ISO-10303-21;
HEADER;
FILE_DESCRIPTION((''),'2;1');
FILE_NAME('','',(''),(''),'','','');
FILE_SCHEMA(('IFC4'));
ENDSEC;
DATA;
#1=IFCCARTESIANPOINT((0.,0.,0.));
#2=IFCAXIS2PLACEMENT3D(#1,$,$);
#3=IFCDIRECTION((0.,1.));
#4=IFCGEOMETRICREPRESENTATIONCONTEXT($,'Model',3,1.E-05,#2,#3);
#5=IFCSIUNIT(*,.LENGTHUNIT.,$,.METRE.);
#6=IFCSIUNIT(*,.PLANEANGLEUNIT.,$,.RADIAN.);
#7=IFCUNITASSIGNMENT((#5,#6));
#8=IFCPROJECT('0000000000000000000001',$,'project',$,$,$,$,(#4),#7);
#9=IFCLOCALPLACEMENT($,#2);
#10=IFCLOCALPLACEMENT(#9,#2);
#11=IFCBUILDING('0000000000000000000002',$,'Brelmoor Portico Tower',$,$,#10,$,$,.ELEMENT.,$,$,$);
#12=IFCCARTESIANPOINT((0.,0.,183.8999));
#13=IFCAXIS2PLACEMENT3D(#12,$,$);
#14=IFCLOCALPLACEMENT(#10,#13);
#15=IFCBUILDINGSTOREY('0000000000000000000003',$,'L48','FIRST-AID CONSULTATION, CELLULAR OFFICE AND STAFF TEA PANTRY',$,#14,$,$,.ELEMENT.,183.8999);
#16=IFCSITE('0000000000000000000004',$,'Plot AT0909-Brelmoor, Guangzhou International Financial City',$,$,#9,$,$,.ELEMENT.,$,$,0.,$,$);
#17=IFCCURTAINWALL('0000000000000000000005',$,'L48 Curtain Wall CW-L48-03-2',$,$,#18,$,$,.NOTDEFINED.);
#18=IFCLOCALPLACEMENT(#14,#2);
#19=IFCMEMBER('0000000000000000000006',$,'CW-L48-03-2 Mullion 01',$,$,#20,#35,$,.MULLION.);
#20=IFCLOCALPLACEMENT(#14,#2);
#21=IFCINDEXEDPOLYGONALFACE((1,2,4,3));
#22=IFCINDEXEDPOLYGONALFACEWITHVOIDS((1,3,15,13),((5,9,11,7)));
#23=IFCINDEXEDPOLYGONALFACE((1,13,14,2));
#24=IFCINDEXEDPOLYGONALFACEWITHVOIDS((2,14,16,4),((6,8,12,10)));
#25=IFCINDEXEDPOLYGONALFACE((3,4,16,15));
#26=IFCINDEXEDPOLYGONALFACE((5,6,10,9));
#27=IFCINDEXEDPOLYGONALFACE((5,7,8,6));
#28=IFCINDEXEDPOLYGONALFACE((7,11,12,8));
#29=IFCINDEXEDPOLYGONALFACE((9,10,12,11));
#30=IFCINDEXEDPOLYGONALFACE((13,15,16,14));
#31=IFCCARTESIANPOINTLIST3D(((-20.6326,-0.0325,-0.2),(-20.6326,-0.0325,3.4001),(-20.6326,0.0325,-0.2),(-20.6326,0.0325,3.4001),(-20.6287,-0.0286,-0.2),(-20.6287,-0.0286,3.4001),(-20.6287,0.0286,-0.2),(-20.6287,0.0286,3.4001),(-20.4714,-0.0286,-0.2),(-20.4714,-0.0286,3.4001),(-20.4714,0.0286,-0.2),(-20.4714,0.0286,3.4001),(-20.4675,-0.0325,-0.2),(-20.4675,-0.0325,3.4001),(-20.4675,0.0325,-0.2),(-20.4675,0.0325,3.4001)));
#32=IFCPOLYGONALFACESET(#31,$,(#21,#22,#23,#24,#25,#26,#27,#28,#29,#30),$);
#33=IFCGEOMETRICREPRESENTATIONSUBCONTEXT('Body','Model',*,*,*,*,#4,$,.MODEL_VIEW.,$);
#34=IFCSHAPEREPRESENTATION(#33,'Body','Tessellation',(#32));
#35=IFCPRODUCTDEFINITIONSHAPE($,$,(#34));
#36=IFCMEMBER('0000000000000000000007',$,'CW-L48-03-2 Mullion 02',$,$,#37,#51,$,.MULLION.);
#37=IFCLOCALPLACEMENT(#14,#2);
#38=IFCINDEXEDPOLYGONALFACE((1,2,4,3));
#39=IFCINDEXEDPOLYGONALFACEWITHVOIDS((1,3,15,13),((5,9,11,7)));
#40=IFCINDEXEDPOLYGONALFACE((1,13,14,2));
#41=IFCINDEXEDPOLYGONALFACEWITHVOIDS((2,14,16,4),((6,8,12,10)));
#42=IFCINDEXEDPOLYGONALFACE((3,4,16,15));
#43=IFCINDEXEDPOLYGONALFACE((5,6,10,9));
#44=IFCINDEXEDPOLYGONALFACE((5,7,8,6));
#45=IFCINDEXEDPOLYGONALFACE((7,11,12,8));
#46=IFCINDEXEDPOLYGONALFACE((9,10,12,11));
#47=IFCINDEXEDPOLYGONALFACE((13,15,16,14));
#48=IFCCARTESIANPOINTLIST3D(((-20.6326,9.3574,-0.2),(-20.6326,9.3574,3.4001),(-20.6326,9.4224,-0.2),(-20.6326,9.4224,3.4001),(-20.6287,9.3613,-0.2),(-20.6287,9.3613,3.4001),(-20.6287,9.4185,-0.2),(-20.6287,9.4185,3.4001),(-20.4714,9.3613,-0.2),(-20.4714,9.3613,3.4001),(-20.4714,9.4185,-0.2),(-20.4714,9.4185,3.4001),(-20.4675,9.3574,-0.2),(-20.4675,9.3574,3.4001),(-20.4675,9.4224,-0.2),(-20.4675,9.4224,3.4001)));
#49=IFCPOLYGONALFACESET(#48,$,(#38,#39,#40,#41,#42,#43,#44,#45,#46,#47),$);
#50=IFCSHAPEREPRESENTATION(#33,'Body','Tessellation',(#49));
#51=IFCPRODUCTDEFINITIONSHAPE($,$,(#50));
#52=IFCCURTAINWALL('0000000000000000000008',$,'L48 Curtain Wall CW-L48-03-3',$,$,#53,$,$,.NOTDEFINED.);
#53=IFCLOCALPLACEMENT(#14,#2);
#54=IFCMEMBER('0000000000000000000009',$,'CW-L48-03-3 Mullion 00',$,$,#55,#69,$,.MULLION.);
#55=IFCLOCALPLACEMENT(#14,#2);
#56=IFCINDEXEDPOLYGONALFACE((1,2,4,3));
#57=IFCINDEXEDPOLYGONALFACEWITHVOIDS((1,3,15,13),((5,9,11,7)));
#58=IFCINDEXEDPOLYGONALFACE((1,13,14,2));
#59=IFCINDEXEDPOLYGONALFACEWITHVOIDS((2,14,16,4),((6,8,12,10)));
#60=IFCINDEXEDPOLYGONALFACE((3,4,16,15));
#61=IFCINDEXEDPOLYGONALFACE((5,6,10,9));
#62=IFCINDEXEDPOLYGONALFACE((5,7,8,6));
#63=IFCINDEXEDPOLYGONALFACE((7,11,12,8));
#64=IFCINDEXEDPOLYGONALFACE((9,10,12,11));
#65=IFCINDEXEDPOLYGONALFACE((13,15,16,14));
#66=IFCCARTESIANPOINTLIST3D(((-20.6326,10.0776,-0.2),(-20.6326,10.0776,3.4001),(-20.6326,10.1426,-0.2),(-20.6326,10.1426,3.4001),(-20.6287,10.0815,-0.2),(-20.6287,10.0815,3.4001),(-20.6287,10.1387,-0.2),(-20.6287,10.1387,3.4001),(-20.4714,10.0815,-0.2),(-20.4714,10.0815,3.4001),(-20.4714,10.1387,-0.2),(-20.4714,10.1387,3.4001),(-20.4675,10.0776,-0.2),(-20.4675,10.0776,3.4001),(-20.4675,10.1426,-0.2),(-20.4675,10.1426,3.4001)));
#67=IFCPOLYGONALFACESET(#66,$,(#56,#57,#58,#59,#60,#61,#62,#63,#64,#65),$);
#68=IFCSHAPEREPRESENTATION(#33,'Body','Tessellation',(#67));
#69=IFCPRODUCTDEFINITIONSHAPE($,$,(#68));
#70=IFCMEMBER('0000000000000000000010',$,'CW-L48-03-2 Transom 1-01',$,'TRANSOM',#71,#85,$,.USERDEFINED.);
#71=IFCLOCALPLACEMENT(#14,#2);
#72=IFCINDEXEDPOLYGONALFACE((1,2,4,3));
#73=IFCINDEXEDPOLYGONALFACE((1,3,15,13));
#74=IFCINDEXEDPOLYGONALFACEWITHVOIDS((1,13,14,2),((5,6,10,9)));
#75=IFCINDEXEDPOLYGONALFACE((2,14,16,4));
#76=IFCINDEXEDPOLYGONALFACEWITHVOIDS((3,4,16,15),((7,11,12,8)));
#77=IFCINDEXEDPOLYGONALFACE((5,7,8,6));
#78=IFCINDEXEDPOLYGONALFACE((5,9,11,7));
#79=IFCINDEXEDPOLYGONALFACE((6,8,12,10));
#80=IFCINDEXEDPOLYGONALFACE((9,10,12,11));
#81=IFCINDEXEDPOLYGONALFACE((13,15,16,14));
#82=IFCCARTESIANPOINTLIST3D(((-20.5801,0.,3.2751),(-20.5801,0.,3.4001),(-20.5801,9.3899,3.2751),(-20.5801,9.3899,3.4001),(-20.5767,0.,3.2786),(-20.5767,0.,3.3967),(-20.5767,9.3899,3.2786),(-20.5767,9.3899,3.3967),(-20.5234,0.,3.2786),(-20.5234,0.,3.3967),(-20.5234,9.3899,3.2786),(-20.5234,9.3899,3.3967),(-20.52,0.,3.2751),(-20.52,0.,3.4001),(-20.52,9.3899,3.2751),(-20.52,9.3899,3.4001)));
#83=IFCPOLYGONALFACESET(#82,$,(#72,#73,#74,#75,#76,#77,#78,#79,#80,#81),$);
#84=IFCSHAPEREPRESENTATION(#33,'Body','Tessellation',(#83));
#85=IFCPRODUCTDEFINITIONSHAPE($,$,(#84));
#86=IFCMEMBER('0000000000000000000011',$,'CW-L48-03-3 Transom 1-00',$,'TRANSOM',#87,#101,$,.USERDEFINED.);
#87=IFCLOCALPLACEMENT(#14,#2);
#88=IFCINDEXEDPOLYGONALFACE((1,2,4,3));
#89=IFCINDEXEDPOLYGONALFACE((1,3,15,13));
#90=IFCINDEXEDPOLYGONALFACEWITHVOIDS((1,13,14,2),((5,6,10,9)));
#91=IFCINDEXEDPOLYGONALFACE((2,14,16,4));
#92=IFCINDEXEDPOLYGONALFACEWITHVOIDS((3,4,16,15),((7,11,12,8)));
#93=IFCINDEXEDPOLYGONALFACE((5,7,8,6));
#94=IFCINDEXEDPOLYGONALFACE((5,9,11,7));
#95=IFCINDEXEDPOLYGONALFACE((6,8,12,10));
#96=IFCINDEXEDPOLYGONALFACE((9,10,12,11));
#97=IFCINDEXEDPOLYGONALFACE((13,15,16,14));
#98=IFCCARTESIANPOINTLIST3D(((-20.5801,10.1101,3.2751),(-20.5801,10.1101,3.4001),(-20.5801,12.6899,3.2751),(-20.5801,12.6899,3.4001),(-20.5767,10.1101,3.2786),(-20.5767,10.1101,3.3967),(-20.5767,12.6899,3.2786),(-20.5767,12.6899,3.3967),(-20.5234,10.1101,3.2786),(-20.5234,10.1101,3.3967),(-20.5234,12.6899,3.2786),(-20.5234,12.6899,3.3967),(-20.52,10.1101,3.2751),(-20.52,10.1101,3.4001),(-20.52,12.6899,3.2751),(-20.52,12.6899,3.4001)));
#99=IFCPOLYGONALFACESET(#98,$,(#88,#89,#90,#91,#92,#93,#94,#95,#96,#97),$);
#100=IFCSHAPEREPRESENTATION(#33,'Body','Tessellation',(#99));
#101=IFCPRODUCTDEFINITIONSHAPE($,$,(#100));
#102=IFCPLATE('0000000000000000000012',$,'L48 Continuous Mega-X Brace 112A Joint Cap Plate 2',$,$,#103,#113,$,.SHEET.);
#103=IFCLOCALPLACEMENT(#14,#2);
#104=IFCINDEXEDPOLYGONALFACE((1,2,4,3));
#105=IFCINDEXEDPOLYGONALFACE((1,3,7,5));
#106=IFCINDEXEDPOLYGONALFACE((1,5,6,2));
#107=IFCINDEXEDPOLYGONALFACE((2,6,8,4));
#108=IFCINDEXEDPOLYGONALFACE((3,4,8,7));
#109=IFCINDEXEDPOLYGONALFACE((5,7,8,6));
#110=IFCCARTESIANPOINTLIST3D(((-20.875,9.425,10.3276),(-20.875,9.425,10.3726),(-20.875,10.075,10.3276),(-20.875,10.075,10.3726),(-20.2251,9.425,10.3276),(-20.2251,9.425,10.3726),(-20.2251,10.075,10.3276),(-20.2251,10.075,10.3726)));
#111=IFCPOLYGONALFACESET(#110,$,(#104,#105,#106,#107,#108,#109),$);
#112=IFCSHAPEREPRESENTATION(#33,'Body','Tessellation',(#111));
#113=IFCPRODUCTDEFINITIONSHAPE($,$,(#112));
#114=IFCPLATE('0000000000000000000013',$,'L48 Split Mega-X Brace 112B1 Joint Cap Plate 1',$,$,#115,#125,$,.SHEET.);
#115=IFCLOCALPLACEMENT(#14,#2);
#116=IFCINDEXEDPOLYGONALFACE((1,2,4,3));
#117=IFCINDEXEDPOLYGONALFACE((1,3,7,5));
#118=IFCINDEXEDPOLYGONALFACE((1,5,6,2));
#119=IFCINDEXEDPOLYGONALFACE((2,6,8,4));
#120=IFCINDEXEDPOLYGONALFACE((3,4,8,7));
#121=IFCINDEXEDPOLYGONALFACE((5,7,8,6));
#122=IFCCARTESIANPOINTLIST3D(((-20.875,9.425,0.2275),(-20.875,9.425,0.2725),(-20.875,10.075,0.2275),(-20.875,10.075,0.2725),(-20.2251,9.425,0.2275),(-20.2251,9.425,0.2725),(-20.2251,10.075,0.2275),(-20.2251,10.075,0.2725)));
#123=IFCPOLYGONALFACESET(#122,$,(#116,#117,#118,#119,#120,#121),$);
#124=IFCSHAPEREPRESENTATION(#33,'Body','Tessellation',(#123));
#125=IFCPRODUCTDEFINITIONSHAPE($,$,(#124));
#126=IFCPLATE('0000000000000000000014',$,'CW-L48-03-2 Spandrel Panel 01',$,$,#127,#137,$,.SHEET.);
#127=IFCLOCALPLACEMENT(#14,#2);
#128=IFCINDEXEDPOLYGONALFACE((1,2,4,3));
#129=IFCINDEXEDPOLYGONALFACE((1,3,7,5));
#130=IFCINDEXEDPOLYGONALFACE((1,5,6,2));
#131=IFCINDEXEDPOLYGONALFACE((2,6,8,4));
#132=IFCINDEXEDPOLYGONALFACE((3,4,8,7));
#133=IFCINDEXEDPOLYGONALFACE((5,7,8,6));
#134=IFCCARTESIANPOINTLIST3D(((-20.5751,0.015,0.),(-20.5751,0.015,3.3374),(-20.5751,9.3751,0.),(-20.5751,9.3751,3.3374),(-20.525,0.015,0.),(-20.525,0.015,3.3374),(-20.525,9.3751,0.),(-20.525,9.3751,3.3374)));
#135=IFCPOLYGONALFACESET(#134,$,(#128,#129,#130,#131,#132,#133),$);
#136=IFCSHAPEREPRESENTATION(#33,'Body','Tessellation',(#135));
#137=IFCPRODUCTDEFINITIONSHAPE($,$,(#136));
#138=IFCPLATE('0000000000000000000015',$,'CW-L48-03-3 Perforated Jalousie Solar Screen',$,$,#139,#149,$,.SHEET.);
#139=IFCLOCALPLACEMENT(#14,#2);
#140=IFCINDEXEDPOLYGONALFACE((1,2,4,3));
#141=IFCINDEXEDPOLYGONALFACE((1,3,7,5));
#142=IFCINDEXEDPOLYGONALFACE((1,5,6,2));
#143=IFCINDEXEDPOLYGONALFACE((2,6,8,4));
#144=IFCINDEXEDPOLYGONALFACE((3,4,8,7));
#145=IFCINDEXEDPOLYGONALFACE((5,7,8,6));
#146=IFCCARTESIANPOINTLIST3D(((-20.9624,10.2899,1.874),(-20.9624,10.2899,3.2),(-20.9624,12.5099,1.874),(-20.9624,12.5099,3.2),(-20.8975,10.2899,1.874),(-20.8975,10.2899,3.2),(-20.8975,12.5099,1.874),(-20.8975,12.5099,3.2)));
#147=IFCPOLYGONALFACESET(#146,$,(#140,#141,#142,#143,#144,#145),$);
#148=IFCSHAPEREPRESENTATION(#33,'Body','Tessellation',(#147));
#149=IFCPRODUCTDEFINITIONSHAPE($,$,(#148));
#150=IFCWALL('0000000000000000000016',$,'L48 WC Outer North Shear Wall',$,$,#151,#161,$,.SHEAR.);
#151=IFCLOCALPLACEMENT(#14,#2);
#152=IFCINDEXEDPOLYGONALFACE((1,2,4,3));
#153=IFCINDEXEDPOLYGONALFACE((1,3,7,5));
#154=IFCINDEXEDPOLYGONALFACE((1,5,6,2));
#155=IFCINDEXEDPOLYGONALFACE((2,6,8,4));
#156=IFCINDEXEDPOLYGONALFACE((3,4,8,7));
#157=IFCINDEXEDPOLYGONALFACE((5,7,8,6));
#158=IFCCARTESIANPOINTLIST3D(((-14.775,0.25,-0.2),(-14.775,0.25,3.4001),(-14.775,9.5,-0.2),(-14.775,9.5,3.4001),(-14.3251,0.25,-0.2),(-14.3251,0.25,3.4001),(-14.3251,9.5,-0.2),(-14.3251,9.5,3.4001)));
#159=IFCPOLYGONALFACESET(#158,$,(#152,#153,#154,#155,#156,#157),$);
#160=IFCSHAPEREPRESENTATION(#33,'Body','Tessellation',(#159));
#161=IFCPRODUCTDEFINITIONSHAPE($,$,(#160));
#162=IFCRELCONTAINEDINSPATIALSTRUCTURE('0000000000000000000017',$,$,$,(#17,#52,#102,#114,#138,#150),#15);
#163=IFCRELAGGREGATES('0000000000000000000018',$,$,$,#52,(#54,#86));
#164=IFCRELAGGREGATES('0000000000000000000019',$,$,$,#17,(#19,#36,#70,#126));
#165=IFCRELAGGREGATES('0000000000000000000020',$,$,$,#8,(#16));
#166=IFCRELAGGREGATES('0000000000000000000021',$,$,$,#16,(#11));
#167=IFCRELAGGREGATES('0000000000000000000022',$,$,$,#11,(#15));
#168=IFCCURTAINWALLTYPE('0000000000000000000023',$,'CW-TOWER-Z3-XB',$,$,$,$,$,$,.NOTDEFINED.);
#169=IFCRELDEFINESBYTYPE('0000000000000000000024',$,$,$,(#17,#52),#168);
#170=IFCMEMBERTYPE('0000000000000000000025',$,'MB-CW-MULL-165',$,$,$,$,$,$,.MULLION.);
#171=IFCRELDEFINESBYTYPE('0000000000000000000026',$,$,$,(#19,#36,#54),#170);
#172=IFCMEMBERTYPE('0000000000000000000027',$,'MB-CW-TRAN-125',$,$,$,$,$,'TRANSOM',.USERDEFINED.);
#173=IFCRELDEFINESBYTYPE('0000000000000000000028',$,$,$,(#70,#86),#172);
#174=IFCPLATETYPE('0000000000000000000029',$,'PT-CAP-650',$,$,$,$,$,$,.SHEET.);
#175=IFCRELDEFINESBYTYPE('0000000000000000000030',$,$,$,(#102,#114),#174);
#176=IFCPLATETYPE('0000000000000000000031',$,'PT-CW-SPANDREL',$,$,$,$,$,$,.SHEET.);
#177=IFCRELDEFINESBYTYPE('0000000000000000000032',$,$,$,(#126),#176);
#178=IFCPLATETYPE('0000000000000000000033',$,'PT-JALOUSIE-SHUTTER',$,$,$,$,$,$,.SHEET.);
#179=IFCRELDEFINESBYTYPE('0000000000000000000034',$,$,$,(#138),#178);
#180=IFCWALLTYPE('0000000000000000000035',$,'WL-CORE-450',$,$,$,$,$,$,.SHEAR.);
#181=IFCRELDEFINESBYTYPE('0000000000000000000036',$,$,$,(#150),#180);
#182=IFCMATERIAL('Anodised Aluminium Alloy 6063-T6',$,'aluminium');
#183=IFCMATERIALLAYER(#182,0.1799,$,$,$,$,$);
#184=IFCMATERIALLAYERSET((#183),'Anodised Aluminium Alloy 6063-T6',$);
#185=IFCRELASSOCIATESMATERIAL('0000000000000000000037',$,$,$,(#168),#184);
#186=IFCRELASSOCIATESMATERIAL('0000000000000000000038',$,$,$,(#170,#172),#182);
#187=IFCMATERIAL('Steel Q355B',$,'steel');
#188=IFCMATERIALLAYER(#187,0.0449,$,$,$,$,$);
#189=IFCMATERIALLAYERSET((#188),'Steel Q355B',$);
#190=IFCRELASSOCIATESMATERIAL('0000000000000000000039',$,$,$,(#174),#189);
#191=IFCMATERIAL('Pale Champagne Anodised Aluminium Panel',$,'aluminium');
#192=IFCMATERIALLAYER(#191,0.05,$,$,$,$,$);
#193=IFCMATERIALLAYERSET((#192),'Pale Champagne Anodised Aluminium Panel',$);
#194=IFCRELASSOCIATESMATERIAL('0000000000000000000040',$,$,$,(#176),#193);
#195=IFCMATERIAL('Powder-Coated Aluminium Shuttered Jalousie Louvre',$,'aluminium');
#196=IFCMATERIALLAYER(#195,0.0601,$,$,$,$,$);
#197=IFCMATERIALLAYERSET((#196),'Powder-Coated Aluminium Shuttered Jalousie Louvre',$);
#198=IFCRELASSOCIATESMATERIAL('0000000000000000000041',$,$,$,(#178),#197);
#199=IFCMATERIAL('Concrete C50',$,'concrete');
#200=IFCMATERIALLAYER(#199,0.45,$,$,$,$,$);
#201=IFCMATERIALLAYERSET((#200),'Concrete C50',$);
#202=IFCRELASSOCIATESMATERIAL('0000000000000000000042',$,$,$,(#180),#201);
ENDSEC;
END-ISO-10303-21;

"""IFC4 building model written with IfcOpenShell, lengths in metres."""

from ifc_helpers import new_model, si_unit, direction, frame, frame_2d, origin, origin_2d, place, context, subcontext, project, spatial, rectangle, hollow_rectangle, extrude, material, layer, layer_set, material_profile, profile_set, type_object, element, aggregate, save


model = new_model("IFC4")

# Units and contexts
model_context = context("Model", 3, precision=1e-05, world=origin(), true_north=direction((0.0, 1.0)))
body_context = subcontext(model_context, "Body", "Model", "MODEL_VIEW")
ifc_project = project(units=[si_unit("LENGTHUNIT", "METRE"), si_unit("PLANEANGLEUNIT", "RADIAN")], contexts=[model_context])

# Site, building, storey
site_placement = place(None, origin())
site = spatial("IfcSite", under=ifc_project, at=site_placement, Name="Plot AT0909-Brelmoor, Guangzhou International Financial City", CompositionType="ELEMENT", RefElevation=0.0)
building_placement = place(site_placement, origin())
building = spatial("IfcBuilding", under=site, at=building_placement, Name="Brelmoor Portico Tower", CompositionType="ELEMENT")
storey_placement = place(building_placement, frame((0.0, 0.0, 183.8999)))
storey = spatial("IfcBuildingStorey", under=building, at=storey_placement, Name="L48", Description="FIRST-AID CONSULTATION, CELLULAR OFFICE AND STAFF TEA PANTRY", CompositionType="ELEMENT", Elevation=183.8999)

# Shared definitions
ifc_material_1 = material(Name="Steel Q355B", Category="steel")

# Curtain wall, members
ifc_material_2 = material(Name="Anodised Aluminium Alloy 6063-T6", Category="aluminium")
ifc_layer_1 = layer(ifc_material_2, 0.1799)
ifc_layer_set_1 = layer_set([ifc_layer_1], Name="Anodised Aluminium Alloy 6063-T6")
curtain_wall_type = type_object("IfcCurtainWallType", Name="CW-TOWER-Z3-XB", PredefinedType="NOTDEFINED", material=ifc_layer_set_1)
curtain_wall_1_placement = place(storey_placement, origin())
curtain_wall_1 = element("IfcCurtainWall", 1, at=curtain_wall_1_placement, inside=storey, type_object=curtain_wall_type, Name="L48 Curtain Wall CW-L48-03-2", PredefinedType="NOTDEFINED")
ifc_material_profile_1 = material_profile(ifc_material_2, hollow_rectangle(XDim=0.0649, YDim=0.165, WallThickness=0.0039, at=origin_2d()), Name="ALU MULLION 65x165")
ifc_profile_set_1 = profile_set([ifc_material_profile_1], Name="Anodised Aluminium Alloy 6063-T6")
member_type_1 = type_object("IfcMemberType", Name="MB-CW-MULL-165", PredefinedType="MULLION", material=ifc_profile_set_1)
member_1_placement = place(storey_placement, frame((-20.55, 0.0, -0.2), z_axis=(0.0, 0.0, 1.0), x_axis=(0.0, 1.0, 0.0)))
member_1 = element("IfcMember", 2, at=member_1_placement, type_object=member_type_1, Name="CW-L48-03-2 Mullion 01", PredefinedType="MULLION", context=body_context, shape_type="SweptSolid", body=[
    extrude(hollow_rectangle(XDim=0.0649, YDim=0.165, WallThickness=0.0039, at=origin_2d()), origin(), (0.0, 0.0, 1.0), 3.6001),
])
member_2_placement = place(storey_placement, frame((-20.55, 9.3899, -0.2), z_axis=(0.0, 0.0, 1.0), x_axis=(0.0, 1.0, 0.0)))
member_2 = element("IfcMember", 3, at=member_2_placement, type_object=member_type_1, Name="CW-L48-03-2 Mullion 02", PredefinedType="MULLION", context=body_context, shape_type="SweptSolid", body=[
    extrude(hollow_rectangle(XDim=0.0649, YDim=0.165, WallThickness=0.0039, at=origin_2d()), origin(), (0.0, 0.0, 1.0), 3.6001),
])

# Curtain wall, member
curtain_wall_2_placement = place(storey_placement, origin())
curtain_wall_2 = element("IfcCurtainWall", 4, at=curtain_wall_2_placement, inside=storey, type_object=curtain_wall_type, Name="L48 Curtain Wall CW-L48-03-3", PredefinedType="NOTDEFINED")
member_3_placement = place(storey_placement, frame((-20.55, 10.1101, -0.2), z_axis=(0.0, 0.0, 1.0), x_axis=(0.0, 1.0, 0.0)))
member_3 = element("IfcMember", 5, at=member_3_placement, type_object=member_type_1, Name="CW-L48-03-3 Mullion 00", PredefinedType="MULLION", context=body_context, shape_type="SweptSolid", body=[
    extrude(hollow_rectangle(XDim=0.0649, YDim=0.165, WallThickness=0.0039, at=origin_2d()), origin(), (0.0, 0.0, 1.0), 3.6001),
])

# Members
ifc_material_profile_2 = material_profile(ifc_material_2, hollow_rectangle(XDim=0.0601, YDim=0.125, WallThickness=0.0034, at=origin_2d()), Name="ALU TRANSOM 60x125")
ifc_profile_set_2 = profile_set([ifc_material_profile_2], Name="Anodised Aluminium Alloy 6063-T6")
member_type_2 = type_object("IfcMemberType", Name="MB-CW-TRAN-125", ElementType="TRANSOM", PredefinedType="USERDEFINED", material=ifc_profile_set_2)
member_4_placement = place(storey_placement, frame((-20.55, 0.0, 3.3376), z_axis=(0.0, 1.0, 0.0), x_axis=(-1.0, 0.0, 0.0)))
member_4 = element("IfcMember", 6, at=member_4_placement, type_object=member_type_2, Name="CW-L48-03-2 Transom 1-01", ObjectType="TRANSOM", PredefinedType="USERDEFINED", context=body_context, shape_type="SweptSolid", body=[
    extrude(hollow_rectangle(XDim=0.0601, YDim=0.125, WallThickness=0.0034, at=origin_2d()), origin(), (0.0, 0.0, 1.0), 9.3899),
])
member_5_placement = place(storey_placement, frame((-20.55, 10.1101, 3.3376), z_axis=(0.0, 1.0, 0.0), x_axis=(-1.0, 0.0, 0.0)))
member_5 = element("IfcMember", 7, at=member_5_placement, type_object=member_type_2, Name="CW-L48-03-3 Transom 1-00", ObjectType="TRANSOM", PredefinedType="USERDEFINED", context=body_context, shape_type="SweptSolid", body=[
    extrude(hollow_rectangle(XDim=0.0601, YDim=0.125, WallThickness=0.0034, at=origin_2d()), origin(), (0.0, 0.0, 1.0), 2.5798),
])
aggregate(curtain_wall_2, [member_3, member_5])

# Plates
ifc_layer_2 = layer(ifc_material_1, 0.0449)
ifc_layer_set_2 = layer_set([ifc_layer_2], Name="Steel Q355B")
plate_type_1 = type_object("IfcPlateType", Name="PT-CAP-650", PredefinedType="SHEET", material=ifc_layer_set_2)
for number, where, z_axis, x_axis, name in (
    (8, (-20.55, 9.75, 10.3276), (0.0, 0.0, 1.0), (1.0, 0.0, 0.0), "L48 Continuous Mega-X Brace 112A Joint Cap Plate 2"),
    (9, (-20.55, 9.75, 0.2275), (0.0, 0.0, 1.0), (1.0, 0.0, 0.0), "L48 Split Mega-X Brace 112B1 Joint Cap Plate 1"),
):
    element("IfcPlate", number, at=place(storey_placement, frame(where, z_axis=z_axis, x_axis=x_axis)), inside=storey, type_object=plate_type_1, Name=name, PredefinedType="SHEET", context=body_context, shape_type="SweptSolid", body=[
        extrude(rectangle(XDim=0.6499, YDim=0.6499, at=origin_2d()), origin(), (0.0, 0.0, 1.0), 0.0449),
    ])

# Plates
ifc_material_3 = material(Name="Pale Champagne Anodised Aluminium Panel", Category="aluminium")
ifc_layer_3 = layer(ifc_material_3, 0.05)
ifc_layer_set_3 = layer_set([ifc_layer_3], Name="Pale Champagne Anodised Aluminium Panel")
plate_type_2 = type_object("IfcPlateType", Name="PT-CW-SPANDREL", PredefinedType="SHEET", material=ifc_layer_set_3)
plate_1_placement = place(storey_placement, frame((-20.55, 4.6951, 0.0), z_axis=(0.0, 0.0, 1.0), x_axis=(0.0, 1.0, 0.0)))
plate_1 = element("IfcPlate", 10, at=plate_1_placement, type_object=plate_type_2, Name="CW-L48-03-2 Spandrel Panel 01", PredefinedType="SHEET", context=body_context, shape_type="SweptSolid", body=[
    extrude(rectangle(XDim=9.3601, YDim=0.05, at=origin_2d()), origin(), (0.0, 0.0, 1.0), 3.3374),
])
aggregate(curtain_wall_1, [member_1, member_2, member_4, plate_1])
ifc_material_4 = material(Name="Powder-Coated Aluminium Shuttered Jalousie Louvre", Category="aluminium")
ifc_layer_4 = layer(ifc_material_4, 0.0601)
ifc_layer_set_4 = layer_set([ifc_layer_4], Name="Powder-Coated Aluminium Shuttered Jalousie Louvre")
plate_type_3 = type_object("IfcPlateType", Name="PT-JALOUSIE-SHUTTER", PredefinedType="SHEET", material=ifc_layer_set_4)
plate_2_placement = place(storey_placement, frame((-20.9299, 11.3999, 1.874), z_axis=(0.0, 0.0, 1.0), x_axis=(0.0, 1.0, 0.0)))
element("IfcPlate", 11, at=plate_2_placement, inside=storey, type_object=plate_type_3, Name="CW-L48-03-3 Perforated Jalousie Solar Screen", PredefinedType="SHEET", context=body_context, shape_type="SweptSolid", body=[
    extrude(rectangle(XDim=2.22, YDim=0.0649, at=origin_2d()), origin(), (0.0, 0.0, 1.0), 1.3259),
])

# Wall
ifc_material_5 = material(Name="Concrete C50", Category="concrete")
ifc_layer_5 = layer(ifc_material_5, 0.45)
ifc_layer_set_5 = layer_set([ifc_layer_5], Name="Concrete C50")
wall_type_1 = type_object("IfcWallType", Name="WL-CORE-450", PredefinedType="SHEAR", material=ifc_layer_set_5)
wall_1_placement = place(storey_placement, frame((-14.55, 0.25, -0.2), z_axis=(0.0, 0.0, 1.0), x_axis=(0.0, 1.0, 0.0)))
element("IfcWall", 12, at=wall_1_placement, inside=storey, type_object=wall_type_1, Name="L48 WC Outer North Shear Wall", PredefinedType="SHEAR", context=body_context, shape_type="SweptSolid", body=[
    extrude(rectangle(XDim=9.25, YDim=0.45, at=frame_2d((4.625, 0.0))), origin(), (0.0, 0.0, 1.0), 3.6001),
])

save(model, "model.ifc")
